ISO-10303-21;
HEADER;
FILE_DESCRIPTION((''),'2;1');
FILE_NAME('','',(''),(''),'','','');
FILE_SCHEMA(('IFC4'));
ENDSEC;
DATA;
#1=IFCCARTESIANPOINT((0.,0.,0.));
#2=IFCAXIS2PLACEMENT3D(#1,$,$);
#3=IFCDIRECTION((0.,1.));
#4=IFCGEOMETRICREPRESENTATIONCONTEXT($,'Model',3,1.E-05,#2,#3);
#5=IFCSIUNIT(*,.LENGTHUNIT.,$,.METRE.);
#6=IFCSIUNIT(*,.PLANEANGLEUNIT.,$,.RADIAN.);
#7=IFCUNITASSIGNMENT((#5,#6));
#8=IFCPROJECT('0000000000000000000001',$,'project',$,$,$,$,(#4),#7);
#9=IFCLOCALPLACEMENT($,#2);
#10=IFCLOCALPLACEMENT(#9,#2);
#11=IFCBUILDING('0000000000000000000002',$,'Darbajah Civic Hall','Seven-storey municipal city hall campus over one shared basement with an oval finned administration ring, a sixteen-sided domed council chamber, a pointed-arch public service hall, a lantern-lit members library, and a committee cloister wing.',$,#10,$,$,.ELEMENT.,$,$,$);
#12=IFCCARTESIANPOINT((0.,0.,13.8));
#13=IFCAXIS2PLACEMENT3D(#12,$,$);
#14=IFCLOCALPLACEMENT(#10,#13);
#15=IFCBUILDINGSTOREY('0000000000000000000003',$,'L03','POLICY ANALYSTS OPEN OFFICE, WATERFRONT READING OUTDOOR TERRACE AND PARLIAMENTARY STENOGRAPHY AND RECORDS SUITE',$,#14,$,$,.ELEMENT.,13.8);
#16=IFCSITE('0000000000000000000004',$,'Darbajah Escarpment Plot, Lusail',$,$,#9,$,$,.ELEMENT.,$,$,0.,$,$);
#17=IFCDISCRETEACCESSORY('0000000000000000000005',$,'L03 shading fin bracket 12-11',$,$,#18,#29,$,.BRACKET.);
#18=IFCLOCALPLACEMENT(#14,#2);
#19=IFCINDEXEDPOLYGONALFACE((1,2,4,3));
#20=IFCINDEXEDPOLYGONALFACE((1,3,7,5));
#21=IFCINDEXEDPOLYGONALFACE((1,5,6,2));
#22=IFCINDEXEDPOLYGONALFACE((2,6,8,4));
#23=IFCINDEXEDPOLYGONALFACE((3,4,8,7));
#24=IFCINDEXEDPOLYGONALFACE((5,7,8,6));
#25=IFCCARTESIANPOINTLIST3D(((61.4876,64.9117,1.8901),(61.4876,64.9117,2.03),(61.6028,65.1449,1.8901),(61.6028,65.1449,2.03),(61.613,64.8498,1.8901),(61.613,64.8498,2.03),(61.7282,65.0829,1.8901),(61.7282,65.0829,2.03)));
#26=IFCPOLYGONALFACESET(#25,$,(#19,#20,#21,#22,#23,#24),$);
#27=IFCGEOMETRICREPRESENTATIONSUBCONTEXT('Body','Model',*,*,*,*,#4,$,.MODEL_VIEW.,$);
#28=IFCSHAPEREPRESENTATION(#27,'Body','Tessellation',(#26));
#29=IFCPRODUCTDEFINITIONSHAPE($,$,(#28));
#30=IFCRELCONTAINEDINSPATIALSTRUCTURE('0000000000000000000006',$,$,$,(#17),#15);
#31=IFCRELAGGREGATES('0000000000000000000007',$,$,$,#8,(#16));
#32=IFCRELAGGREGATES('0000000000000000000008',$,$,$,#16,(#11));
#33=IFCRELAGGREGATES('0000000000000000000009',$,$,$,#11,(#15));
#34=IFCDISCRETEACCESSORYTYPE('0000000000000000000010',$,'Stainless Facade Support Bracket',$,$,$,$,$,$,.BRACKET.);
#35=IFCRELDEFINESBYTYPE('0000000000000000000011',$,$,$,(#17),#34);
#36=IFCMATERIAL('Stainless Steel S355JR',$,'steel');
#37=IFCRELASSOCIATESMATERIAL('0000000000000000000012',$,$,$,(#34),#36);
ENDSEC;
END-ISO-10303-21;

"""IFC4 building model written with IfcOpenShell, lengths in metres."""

from ifc_helpers import new_model, si_unit, direction, frame, origin, origin_2d, place, context, subcontext, project, spatial, rectangle, extrude, material, type_object, element, save


model = new_model("IFC4")

# Units and contexts
model_context = context("Model", 3, precision=1e-05, world=origin(), true_north=direction((0.0, 1.0)))
body_context = subcontext(model_context, "Body", "Model", "MODEL_VIEW")
ifc_project = project(units=[si_unit("LENGTHUNIT", "METRE"), si_unit("PLANEANGLEUNIT", "RADIAN")], contexts=[model_context])

# Site, building, storey
site_placement = place(None, origin())
site = spatial("IfcSite", under=ifc_project, at=site_placement, Name="Darbajah Escarpment Plot, Lusail", CompositionType="ELEMENT", RefElevation=0.0)
building_placement = place(site_placement, origin())
building = spatial("IfcBuilding", under=site, at=building_placement, Name="Darbajah Civic Hall", Description="Seven-storey municipal city hall campus over one shared basement with an oval finned administration ring, a sixteen-sided domed council chamber, a pointed-arch public service hall, a lantern-lit members library, and a committee cloister wing.", CompositionType="ELEMENT")
storey_placement = place(building_placement, frame((0.0, 0.0, 13.8)))
storey = spatial("IfcBuildingStorey", under=building, at=storey_placement, Name="L03", Description="POLICY ANALYSTS OPEN OFFICE, WATERFRONT READING OUTDOOR TERRACE AND PARLIAMENTARY STENOGRAPHY AND RECORDS SUITE", CompositionType="ELEMENT", Elevation=13.8)

# Discrete accessory
ifc_material_1 = material(Name="Stainless Steel S355JR", Category="steel")
discrete_accessory_type = type_object("IfcDiscreteAccessoryType", Name="Stainless Facade Support Bracket", PredefinedType="BRACKET", material=ifc_material_1)
for number, where, z_axis, x_axis, name in (
    (1, (61.6079, 64.9973, 1.8901), (0.0, 0.0, 1.0), (-0.442915, -0.896564, 0.0), "L03 shading fin bracket 12-11"),
):
    element("IfcDiscreteAccessory", number, at=place(storey_placement, frame(where, z_axis=z_axis, x_axis=x_axis)), inside=storey, type_object=discrete_accessory_type, Name=name, PredefinedType="BRACKET", context=body_context, shape_type="SweptSolid", body=[
        extrude(rectangle(XDim=0.26, YDim=0.1399, at=origin_2d()), origin(), (0.0, 0.0, 1.0), 0.1399),
    ])

save(model, "model.ifc")
